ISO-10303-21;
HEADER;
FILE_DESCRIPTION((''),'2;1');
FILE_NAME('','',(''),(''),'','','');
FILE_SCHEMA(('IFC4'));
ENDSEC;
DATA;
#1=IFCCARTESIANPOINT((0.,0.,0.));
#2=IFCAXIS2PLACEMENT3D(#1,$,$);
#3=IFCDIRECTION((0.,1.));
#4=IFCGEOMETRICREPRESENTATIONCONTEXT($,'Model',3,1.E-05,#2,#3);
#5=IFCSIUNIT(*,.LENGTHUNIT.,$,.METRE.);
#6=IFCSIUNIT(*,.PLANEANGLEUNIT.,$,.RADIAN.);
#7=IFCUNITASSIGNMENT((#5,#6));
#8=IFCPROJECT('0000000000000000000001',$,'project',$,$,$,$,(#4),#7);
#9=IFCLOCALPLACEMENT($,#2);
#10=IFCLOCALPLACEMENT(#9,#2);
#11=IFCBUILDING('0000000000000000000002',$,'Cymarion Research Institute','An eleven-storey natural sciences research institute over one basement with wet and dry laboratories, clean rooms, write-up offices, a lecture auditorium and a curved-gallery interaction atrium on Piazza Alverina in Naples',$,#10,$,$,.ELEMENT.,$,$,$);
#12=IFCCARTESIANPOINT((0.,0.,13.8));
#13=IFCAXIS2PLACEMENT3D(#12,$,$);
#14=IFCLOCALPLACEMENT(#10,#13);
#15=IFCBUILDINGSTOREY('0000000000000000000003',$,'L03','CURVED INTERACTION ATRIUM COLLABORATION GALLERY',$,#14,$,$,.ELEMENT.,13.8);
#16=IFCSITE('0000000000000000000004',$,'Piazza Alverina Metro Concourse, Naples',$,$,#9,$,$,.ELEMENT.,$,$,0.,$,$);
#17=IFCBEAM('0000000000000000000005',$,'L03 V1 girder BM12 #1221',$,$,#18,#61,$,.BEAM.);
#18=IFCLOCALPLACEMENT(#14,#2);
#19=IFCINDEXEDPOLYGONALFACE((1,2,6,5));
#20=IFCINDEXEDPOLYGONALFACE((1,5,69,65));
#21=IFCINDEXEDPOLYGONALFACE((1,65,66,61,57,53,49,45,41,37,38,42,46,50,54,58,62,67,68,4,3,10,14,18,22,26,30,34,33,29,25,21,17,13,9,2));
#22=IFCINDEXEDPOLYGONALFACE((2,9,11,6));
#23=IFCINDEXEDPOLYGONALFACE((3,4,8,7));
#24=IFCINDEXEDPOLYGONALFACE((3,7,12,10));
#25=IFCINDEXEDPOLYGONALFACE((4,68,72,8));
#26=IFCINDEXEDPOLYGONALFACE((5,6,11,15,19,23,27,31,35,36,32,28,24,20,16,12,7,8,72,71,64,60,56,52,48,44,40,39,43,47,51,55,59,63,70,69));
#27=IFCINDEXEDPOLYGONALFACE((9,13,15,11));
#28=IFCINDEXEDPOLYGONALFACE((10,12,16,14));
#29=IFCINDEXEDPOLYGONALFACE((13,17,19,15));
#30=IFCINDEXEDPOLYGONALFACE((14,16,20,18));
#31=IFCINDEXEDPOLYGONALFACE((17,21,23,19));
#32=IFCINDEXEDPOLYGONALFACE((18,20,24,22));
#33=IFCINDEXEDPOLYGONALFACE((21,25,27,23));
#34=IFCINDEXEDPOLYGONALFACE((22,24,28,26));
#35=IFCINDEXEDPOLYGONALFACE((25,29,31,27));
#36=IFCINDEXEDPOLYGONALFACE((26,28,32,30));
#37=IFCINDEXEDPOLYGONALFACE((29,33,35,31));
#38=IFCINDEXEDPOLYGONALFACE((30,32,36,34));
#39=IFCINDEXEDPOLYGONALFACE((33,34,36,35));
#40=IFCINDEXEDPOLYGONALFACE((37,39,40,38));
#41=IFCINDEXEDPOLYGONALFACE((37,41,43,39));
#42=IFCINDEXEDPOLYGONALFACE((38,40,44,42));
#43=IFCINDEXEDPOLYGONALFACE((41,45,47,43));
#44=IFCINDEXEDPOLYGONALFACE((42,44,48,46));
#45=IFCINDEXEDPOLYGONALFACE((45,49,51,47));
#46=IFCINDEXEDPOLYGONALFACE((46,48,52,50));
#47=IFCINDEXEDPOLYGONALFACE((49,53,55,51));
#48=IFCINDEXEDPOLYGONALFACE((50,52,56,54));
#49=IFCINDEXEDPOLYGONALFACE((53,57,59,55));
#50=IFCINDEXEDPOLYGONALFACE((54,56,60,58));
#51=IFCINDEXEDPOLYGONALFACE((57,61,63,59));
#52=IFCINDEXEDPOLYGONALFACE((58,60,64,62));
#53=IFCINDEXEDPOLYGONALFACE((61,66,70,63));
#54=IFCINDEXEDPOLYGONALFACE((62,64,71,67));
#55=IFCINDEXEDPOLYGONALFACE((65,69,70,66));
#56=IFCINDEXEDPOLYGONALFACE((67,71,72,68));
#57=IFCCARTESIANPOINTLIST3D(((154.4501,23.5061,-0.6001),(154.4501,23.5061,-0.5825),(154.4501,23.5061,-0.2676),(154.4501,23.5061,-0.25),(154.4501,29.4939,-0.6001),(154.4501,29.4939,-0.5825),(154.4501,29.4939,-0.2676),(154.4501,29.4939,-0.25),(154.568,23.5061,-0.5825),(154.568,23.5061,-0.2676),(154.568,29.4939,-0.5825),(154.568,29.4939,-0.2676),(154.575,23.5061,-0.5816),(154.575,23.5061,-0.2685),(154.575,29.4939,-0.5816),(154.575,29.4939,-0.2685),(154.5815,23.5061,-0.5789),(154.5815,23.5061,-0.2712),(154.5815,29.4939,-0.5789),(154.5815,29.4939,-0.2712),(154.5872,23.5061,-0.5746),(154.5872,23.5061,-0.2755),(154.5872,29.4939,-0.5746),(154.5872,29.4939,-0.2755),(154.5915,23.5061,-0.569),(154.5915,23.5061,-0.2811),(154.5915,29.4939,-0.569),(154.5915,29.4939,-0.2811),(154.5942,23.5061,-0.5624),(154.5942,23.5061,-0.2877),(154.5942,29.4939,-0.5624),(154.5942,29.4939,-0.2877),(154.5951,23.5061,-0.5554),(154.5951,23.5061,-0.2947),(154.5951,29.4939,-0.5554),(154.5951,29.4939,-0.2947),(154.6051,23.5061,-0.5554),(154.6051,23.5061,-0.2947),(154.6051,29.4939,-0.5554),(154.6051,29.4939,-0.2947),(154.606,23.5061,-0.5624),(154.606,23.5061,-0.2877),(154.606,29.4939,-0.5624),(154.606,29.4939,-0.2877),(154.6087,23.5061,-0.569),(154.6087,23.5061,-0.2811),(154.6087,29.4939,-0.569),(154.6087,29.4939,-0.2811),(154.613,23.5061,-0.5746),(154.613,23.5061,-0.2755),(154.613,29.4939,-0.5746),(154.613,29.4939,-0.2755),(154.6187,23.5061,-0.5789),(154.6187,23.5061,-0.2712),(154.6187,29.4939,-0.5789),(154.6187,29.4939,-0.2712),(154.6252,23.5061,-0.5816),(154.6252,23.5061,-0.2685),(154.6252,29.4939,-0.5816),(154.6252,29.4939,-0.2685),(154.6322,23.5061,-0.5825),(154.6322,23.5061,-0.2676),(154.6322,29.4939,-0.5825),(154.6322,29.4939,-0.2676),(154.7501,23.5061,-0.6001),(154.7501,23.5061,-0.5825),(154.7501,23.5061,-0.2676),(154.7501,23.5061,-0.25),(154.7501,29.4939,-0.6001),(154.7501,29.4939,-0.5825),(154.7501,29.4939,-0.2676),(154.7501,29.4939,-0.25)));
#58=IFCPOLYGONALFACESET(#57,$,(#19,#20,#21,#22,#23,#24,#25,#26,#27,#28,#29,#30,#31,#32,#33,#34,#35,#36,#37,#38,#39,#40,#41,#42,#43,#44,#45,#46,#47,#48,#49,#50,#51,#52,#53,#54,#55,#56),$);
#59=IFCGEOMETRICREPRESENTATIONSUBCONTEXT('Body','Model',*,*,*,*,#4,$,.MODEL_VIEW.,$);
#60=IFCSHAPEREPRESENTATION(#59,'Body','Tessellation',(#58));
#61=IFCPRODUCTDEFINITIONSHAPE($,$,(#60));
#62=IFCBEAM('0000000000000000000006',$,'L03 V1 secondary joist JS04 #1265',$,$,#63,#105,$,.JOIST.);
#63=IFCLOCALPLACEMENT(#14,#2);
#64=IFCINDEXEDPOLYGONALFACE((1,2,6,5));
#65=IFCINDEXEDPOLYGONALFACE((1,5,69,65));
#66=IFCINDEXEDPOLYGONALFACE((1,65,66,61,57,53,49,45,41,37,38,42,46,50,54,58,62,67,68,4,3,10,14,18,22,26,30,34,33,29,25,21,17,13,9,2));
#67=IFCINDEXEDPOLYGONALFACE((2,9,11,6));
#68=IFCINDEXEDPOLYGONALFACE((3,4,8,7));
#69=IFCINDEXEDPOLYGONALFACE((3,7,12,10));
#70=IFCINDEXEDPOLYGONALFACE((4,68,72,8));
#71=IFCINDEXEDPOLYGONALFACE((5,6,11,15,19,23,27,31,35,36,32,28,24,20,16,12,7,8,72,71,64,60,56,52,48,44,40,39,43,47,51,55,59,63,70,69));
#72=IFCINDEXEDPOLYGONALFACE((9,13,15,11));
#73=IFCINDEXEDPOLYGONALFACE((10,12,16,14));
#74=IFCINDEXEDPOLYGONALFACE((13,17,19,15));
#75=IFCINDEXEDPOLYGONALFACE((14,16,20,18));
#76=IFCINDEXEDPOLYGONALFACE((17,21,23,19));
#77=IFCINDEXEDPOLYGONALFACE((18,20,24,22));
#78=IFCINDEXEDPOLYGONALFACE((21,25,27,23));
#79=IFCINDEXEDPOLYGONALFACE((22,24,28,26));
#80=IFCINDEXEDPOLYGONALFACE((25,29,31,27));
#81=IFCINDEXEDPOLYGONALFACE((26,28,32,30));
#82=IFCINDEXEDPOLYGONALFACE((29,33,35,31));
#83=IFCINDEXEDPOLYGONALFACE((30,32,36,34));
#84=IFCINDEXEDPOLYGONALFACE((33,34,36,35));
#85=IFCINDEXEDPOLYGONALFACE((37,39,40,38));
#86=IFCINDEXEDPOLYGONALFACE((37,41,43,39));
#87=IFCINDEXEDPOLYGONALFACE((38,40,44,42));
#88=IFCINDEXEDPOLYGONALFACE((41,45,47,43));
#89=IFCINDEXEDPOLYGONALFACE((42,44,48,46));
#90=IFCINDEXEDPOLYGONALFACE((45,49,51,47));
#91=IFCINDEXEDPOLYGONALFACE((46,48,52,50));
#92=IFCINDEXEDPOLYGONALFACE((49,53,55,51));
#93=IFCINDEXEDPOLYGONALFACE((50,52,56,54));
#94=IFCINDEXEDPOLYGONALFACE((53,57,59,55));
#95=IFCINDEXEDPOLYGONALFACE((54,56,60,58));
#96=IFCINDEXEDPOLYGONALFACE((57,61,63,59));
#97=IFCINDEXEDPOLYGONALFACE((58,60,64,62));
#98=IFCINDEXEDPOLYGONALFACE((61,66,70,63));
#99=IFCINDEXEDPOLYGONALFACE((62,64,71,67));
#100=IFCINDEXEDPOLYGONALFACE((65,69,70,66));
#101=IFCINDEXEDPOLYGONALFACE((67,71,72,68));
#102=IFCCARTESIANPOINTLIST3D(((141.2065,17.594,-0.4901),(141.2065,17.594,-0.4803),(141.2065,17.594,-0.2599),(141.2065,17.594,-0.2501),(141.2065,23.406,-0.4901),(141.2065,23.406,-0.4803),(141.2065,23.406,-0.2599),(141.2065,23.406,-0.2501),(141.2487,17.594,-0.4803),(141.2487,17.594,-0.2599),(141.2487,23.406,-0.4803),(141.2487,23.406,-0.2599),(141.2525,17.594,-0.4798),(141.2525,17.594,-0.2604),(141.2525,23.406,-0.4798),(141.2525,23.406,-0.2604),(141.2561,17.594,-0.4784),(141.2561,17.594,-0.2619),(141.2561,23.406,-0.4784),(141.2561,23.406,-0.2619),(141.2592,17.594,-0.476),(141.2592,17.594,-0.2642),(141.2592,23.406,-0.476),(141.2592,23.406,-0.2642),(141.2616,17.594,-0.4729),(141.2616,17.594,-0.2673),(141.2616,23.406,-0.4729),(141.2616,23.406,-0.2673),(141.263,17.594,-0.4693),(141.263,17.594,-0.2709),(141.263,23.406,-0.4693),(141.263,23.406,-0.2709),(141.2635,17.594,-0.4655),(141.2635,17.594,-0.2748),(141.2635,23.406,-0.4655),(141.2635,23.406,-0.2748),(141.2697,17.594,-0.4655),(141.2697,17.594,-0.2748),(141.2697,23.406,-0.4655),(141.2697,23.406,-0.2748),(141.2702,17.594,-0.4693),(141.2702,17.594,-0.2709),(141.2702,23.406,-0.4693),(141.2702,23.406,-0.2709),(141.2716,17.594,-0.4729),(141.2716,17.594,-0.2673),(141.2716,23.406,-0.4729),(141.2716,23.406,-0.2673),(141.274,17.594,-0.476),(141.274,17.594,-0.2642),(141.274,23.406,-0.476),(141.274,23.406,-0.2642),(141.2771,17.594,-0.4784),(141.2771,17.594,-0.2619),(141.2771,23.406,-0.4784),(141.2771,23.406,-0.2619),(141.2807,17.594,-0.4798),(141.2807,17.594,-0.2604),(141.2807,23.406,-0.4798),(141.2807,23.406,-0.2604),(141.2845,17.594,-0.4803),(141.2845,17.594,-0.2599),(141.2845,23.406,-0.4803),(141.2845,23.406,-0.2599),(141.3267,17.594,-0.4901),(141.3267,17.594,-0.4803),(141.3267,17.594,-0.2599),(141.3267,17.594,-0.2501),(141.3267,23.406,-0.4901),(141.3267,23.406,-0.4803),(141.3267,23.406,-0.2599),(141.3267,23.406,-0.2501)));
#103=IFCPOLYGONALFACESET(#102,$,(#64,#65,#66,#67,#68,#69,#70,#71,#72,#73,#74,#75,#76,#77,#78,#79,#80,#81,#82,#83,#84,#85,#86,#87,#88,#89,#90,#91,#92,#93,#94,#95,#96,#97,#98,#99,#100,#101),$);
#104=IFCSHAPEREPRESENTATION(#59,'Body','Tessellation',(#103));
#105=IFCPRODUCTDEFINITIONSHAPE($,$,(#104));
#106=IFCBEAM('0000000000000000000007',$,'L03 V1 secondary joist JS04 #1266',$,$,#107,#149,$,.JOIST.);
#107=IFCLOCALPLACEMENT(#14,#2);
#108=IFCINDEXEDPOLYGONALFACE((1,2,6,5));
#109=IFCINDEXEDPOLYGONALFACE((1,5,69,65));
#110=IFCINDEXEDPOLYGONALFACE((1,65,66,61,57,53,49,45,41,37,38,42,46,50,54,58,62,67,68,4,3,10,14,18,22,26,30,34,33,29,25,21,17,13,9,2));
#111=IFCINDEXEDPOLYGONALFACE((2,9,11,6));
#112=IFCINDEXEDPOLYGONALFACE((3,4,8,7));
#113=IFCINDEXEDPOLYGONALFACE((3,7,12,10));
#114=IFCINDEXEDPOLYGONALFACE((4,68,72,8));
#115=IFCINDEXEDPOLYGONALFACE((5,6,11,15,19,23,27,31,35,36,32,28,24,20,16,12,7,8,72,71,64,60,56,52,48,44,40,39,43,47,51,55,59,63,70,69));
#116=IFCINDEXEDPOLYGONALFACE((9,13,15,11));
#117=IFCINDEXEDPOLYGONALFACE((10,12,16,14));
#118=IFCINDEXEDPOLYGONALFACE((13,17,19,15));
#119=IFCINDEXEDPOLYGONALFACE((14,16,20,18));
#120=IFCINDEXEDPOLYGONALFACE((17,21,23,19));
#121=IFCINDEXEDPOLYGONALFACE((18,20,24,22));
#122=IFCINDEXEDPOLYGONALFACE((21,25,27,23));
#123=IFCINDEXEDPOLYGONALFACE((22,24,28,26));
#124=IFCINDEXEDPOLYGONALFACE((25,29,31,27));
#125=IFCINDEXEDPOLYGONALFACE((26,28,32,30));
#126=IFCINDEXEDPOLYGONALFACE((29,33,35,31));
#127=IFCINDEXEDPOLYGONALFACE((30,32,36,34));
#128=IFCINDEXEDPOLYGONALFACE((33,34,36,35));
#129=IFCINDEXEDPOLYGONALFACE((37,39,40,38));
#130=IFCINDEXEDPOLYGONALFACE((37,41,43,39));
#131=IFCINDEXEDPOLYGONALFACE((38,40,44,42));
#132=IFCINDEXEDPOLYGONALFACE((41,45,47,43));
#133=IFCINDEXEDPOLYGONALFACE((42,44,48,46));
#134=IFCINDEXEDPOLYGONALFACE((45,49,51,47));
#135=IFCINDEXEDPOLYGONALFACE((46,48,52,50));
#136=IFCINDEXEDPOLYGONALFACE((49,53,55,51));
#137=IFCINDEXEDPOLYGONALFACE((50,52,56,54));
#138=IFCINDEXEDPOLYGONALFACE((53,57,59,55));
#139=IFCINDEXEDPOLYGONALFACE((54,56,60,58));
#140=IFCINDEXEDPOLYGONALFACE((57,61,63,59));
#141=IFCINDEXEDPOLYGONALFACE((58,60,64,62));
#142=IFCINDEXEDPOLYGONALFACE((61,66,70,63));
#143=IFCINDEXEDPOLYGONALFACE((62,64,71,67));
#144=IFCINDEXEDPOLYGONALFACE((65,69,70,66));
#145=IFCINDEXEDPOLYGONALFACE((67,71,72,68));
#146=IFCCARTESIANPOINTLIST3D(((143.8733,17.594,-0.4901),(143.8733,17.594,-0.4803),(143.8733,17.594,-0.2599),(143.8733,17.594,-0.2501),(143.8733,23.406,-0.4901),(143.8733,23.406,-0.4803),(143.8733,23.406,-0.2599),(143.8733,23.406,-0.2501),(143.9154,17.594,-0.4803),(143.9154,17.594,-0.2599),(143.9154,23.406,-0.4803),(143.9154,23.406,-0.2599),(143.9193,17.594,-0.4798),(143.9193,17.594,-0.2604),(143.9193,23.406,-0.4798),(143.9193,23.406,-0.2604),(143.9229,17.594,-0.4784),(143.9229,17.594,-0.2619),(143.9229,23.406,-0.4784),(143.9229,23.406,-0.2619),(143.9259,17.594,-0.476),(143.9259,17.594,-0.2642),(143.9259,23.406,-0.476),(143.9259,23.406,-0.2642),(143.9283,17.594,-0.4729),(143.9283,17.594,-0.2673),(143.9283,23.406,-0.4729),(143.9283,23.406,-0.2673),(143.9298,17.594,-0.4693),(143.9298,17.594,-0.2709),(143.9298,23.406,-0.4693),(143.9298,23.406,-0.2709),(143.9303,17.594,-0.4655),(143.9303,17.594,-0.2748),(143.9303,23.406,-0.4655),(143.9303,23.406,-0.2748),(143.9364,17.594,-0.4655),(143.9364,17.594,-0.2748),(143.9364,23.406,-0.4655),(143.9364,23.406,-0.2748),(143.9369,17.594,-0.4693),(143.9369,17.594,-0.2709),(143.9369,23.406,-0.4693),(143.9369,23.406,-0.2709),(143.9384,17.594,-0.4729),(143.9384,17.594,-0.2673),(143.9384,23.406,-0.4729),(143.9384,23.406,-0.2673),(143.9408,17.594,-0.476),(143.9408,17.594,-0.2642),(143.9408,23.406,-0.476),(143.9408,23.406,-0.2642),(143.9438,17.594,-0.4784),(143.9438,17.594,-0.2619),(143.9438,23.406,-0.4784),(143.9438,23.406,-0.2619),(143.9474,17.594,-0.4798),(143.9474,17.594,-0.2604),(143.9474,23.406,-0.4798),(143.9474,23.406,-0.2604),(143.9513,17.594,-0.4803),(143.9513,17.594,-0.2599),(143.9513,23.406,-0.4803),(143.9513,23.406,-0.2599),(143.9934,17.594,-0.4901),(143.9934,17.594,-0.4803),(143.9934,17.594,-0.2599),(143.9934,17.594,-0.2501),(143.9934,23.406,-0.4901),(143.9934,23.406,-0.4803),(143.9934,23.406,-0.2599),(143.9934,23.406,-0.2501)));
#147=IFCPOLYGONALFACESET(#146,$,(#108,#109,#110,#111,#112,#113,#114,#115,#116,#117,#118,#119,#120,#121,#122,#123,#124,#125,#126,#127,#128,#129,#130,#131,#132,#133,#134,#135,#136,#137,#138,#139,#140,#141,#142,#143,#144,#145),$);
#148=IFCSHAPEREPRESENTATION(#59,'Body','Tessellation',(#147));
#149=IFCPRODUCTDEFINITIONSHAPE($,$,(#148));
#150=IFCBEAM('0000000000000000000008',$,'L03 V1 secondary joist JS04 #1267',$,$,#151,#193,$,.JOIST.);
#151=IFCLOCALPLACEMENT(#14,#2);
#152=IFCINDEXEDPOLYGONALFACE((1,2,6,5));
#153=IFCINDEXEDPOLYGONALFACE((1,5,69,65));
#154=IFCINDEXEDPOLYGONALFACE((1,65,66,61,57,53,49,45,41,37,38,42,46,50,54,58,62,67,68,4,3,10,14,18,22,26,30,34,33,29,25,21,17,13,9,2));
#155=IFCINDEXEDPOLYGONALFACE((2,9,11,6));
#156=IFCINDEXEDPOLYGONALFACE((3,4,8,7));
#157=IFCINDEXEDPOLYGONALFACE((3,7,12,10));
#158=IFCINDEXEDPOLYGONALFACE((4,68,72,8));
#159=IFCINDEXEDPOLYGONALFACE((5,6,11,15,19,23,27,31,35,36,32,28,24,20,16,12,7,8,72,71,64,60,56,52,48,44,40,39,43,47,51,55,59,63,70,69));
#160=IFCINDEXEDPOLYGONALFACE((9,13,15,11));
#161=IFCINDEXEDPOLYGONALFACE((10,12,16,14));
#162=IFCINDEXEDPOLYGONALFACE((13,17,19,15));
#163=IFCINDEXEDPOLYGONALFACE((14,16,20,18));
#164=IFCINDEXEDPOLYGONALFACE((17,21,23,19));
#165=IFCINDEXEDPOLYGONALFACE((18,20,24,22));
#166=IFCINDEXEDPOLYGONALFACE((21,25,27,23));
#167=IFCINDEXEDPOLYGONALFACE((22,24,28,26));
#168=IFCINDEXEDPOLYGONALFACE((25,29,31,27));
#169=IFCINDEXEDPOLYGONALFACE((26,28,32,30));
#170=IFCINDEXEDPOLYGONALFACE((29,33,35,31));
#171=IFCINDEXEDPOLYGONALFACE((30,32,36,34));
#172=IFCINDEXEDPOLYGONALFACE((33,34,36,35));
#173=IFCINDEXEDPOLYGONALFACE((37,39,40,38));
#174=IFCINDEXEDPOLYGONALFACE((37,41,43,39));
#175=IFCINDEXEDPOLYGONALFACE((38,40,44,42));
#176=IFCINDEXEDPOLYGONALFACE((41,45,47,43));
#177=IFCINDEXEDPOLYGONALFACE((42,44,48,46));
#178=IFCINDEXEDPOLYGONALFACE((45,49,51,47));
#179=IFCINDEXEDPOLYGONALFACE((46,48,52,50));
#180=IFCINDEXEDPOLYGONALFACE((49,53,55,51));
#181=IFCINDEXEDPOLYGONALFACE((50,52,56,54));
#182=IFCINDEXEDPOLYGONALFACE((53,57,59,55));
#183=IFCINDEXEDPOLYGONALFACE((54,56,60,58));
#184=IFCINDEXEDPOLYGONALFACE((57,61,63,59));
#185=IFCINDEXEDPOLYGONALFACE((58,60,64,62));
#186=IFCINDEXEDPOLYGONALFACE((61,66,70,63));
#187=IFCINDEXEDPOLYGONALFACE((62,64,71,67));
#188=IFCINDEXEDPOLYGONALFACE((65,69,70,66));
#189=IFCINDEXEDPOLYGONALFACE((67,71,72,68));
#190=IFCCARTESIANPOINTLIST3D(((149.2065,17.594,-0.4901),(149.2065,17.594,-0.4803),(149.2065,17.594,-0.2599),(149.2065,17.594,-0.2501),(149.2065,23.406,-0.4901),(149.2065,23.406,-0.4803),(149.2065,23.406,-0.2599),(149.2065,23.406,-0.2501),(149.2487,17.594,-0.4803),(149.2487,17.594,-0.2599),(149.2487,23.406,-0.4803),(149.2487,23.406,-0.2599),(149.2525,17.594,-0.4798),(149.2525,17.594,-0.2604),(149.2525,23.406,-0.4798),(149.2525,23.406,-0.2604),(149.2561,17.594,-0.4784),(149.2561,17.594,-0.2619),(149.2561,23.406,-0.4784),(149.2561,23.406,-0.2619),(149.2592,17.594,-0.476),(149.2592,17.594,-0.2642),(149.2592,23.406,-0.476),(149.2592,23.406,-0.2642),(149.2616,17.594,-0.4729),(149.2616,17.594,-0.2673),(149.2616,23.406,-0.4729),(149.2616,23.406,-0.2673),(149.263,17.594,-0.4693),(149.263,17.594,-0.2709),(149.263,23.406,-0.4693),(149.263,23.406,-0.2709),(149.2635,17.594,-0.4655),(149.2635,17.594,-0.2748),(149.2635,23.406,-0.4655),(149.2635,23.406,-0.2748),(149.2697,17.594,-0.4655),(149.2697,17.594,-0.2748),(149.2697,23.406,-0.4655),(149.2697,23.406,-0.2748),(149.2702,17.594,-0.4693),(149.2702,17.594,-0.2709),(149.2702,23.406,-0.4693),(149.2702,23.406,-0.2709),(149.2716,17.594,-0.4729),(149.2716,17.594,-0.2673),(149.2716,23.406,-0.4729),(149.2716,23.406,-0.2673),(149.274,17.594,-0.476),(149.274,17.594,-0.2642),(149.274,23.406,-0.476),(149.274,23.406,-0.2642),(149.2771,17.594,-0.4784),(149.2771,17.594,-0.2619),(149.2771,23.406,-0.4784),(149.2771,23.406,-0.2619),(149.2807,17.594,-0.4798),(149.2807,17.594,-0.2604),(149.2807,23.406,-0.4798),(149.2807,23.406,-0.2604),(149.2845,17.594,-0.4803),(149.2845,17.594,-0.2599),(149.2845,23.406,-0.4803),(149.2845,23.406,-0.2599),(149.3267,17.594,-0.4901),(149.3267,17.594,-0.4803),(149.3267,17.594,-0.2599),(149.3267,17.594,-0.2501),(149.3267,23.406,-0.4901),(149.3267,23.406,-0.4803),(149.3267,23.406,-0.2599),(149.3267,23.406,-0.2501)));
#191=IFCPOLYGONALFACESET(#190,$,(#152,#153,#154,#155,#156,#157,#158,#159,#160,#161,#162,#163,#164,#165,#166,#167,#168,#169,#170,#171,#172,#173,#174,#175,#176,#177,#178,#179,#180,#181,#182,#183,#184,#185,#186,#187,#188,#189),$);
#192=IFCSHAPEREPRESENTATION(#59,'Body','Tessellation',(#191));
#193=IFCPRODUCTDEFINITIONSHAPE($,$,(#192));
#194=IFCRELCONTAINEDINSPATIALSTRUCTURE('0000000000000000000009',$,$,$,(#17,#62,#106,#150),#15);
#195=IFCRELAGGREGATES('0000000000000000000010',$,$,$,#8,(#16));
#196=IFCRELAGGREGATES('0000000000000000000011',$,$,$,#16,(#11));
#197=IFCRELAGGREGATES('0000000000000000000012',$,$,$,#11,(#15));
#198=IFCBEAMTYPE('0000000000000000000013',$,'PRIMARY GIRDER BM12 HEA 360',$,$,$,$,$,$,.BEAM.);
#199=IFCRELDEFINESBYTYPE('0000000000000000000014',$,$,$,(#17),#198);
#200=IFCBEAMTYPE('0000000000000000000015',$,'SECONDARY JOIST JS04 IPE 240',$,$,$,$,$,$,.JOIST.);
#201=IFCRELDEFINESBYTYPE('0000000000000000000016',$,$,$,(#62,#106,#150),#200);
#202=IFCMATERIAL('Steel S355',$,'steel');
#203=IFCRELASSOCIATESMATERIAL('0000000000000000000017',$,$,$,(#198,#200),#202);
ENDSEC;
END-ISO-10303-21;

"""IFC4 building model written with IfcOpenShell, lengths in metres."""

from ifc_helpers import new_model, si_unit, direction, frame, origin, origin_2d, place, context, subcontext, project, spatial, i_section, extrude, material, material_profile, profile_set, type_object, element, save


model = new_model("IFC4")

# Units and contexts
model_context = context("Model", 3, precision=1e-05, world=origin(), true_north=direction((0.0, 1.0)))
body_context = subcontext(model_context, "Body", "Model", "MODEL_VIEW")
ifc_project = project(units=[si_unit("LENGTHUNIT", "METRE"), si_unit("PLANEANGLEUNIT", "RADIAN")], contexts=[model_context])

# Site, building, storey
site_placement = place(None, origin())
site = spatial("IfcSite", under=ifc_project, at=site_placement, Name="Piazza Alverina Metro Concourse, Naples", CompositionType="ELEMENT", RefElevation=0.0)
building_placement = place(site_placement, origin())
building = spatial("IfcBuilding", under=site, at=building_placement, Name="Cymarion Research Institute", Description="An eleven-storey natural sciences research institute over one basement with wet and dry laboratories, clean rooms, write-up offices, a lecture auditorium and a curved-gallery interaction atrium on Piazza Alverina in Naples", CompositionType="ELEMENT")
storey_placement = place(building_placement, frame((0.0, 0.0, 13.8)))
storey = spatial("IfcBuildingStorey", under=building, at=storey_placement, Name="L03", Description="CURVED INTERACTION ATRIUM COLLABORATION GALLERY", CompositionType="ELEMENT", Elevation=13.8)

# Shared definitions
ifc_material_1 = material(Name="Steel S355", Category="steel")

# Beams
ifc_material_profile_1 = material_profile(ifc_material_1, i_section(OverallWidth=0.3, OverallDepth=0.3501, WebThickness=0.01, FlangeThickness=0.0176, FilletRadius=0.0271, at=origin_2d()), Name="HEA 360")
ifc_profile_set_1 = profile_set([ifc_material_profile_1], Name="Steel S355")
beam_type_1 = type_object("IfcBeamType", Name="PRIMARY GIRDER BM12 HEA 360", PredefinedType="BEAM", material=ifc_profile_set_1)
for number, where, z_axis, x_axis, name in (
    (1, (154.6001, 23.5061, -0.425), (0.0, 1.0, 0.0), (-1.0, 0.0, 0.0), "L03 V1 girder BM12 #1221"),
):
    element("IfcBeam", number, at=place(storey_placement, frame(where, z_axis=z_axis, x_axis=x_axis)), inside=storey, type_object=beam_type_1, Name=name, PredefinedType="BEAM", context=body_context, shape_type="SweptSolid", body=[
        extrude(i_section(OverallWidth=0.3, OverallDepth=0.3501, WebThickness=0.01, FlangeThickness=0.0176, FilletRadius=0.0271, at=origin_2d()), origin(), (0.0, 0.0, 1.0), 5.9878),
    ])
ifc_material_profile_2 = material_profile(ifc_material_1, i_section(OverallWidth=0.1201, OverallDepth=0.24, WebThickness=0.0061, FlangeThickness=0.0098, FilletRadius=0.0149, at=origin_2d()), Name="IPE 240")
ifc_profile_set_2 = profile_set([ifc_material_profile_2], Name="Steel S355")
beam_type_2 = type_object("IfcBeamType", Name="SECONDARY JOIST JS04 IPE 240", PredefinedType="JOIST", material=ifc_profile_set_2)
for number, where, z_axis, x_axis, name in (
    (2, (141.2666, 17.594, -0.3701), (0.0, 1.0, 0.0), (-1.0, 0.0, 0.0), "L03 V1 secondary joist JS04 #1265"),
    (3, (143.9333, 17.594, -0.3701), (0.0, 1.0, 0.0), (-1.0, 0.0, 0.0), "L03 V1 secondary joist JS04 #1266"),
    (4, (149.2666, 17.594, -0.3701), (0.0, 1.0, 0.0), (-1.0, 0.0, 0.0), "L03 V1 secondary joist JS04 #1267"),
):
    element("IfcBeam", number, at=place(storey_placement, frame(where, z_axis=z_axis, x_axis=x_axis)), inside=storey, type_object=beam_type_2, Name=name, PredefinedType="JOIST", context=body_context, shape_type="SweptSolid", body=[
        extrude(i_section(OverallWidth=0.1201, OverallDepth=0.24, WebThickness=0.0061, FlangeThickness=0.0098, FilletRadius=0.0149, at=origin_2d()), origin(), (0.0, 0.0, 1.0), 5.812),
    ])

save(model, "model.ifc")
